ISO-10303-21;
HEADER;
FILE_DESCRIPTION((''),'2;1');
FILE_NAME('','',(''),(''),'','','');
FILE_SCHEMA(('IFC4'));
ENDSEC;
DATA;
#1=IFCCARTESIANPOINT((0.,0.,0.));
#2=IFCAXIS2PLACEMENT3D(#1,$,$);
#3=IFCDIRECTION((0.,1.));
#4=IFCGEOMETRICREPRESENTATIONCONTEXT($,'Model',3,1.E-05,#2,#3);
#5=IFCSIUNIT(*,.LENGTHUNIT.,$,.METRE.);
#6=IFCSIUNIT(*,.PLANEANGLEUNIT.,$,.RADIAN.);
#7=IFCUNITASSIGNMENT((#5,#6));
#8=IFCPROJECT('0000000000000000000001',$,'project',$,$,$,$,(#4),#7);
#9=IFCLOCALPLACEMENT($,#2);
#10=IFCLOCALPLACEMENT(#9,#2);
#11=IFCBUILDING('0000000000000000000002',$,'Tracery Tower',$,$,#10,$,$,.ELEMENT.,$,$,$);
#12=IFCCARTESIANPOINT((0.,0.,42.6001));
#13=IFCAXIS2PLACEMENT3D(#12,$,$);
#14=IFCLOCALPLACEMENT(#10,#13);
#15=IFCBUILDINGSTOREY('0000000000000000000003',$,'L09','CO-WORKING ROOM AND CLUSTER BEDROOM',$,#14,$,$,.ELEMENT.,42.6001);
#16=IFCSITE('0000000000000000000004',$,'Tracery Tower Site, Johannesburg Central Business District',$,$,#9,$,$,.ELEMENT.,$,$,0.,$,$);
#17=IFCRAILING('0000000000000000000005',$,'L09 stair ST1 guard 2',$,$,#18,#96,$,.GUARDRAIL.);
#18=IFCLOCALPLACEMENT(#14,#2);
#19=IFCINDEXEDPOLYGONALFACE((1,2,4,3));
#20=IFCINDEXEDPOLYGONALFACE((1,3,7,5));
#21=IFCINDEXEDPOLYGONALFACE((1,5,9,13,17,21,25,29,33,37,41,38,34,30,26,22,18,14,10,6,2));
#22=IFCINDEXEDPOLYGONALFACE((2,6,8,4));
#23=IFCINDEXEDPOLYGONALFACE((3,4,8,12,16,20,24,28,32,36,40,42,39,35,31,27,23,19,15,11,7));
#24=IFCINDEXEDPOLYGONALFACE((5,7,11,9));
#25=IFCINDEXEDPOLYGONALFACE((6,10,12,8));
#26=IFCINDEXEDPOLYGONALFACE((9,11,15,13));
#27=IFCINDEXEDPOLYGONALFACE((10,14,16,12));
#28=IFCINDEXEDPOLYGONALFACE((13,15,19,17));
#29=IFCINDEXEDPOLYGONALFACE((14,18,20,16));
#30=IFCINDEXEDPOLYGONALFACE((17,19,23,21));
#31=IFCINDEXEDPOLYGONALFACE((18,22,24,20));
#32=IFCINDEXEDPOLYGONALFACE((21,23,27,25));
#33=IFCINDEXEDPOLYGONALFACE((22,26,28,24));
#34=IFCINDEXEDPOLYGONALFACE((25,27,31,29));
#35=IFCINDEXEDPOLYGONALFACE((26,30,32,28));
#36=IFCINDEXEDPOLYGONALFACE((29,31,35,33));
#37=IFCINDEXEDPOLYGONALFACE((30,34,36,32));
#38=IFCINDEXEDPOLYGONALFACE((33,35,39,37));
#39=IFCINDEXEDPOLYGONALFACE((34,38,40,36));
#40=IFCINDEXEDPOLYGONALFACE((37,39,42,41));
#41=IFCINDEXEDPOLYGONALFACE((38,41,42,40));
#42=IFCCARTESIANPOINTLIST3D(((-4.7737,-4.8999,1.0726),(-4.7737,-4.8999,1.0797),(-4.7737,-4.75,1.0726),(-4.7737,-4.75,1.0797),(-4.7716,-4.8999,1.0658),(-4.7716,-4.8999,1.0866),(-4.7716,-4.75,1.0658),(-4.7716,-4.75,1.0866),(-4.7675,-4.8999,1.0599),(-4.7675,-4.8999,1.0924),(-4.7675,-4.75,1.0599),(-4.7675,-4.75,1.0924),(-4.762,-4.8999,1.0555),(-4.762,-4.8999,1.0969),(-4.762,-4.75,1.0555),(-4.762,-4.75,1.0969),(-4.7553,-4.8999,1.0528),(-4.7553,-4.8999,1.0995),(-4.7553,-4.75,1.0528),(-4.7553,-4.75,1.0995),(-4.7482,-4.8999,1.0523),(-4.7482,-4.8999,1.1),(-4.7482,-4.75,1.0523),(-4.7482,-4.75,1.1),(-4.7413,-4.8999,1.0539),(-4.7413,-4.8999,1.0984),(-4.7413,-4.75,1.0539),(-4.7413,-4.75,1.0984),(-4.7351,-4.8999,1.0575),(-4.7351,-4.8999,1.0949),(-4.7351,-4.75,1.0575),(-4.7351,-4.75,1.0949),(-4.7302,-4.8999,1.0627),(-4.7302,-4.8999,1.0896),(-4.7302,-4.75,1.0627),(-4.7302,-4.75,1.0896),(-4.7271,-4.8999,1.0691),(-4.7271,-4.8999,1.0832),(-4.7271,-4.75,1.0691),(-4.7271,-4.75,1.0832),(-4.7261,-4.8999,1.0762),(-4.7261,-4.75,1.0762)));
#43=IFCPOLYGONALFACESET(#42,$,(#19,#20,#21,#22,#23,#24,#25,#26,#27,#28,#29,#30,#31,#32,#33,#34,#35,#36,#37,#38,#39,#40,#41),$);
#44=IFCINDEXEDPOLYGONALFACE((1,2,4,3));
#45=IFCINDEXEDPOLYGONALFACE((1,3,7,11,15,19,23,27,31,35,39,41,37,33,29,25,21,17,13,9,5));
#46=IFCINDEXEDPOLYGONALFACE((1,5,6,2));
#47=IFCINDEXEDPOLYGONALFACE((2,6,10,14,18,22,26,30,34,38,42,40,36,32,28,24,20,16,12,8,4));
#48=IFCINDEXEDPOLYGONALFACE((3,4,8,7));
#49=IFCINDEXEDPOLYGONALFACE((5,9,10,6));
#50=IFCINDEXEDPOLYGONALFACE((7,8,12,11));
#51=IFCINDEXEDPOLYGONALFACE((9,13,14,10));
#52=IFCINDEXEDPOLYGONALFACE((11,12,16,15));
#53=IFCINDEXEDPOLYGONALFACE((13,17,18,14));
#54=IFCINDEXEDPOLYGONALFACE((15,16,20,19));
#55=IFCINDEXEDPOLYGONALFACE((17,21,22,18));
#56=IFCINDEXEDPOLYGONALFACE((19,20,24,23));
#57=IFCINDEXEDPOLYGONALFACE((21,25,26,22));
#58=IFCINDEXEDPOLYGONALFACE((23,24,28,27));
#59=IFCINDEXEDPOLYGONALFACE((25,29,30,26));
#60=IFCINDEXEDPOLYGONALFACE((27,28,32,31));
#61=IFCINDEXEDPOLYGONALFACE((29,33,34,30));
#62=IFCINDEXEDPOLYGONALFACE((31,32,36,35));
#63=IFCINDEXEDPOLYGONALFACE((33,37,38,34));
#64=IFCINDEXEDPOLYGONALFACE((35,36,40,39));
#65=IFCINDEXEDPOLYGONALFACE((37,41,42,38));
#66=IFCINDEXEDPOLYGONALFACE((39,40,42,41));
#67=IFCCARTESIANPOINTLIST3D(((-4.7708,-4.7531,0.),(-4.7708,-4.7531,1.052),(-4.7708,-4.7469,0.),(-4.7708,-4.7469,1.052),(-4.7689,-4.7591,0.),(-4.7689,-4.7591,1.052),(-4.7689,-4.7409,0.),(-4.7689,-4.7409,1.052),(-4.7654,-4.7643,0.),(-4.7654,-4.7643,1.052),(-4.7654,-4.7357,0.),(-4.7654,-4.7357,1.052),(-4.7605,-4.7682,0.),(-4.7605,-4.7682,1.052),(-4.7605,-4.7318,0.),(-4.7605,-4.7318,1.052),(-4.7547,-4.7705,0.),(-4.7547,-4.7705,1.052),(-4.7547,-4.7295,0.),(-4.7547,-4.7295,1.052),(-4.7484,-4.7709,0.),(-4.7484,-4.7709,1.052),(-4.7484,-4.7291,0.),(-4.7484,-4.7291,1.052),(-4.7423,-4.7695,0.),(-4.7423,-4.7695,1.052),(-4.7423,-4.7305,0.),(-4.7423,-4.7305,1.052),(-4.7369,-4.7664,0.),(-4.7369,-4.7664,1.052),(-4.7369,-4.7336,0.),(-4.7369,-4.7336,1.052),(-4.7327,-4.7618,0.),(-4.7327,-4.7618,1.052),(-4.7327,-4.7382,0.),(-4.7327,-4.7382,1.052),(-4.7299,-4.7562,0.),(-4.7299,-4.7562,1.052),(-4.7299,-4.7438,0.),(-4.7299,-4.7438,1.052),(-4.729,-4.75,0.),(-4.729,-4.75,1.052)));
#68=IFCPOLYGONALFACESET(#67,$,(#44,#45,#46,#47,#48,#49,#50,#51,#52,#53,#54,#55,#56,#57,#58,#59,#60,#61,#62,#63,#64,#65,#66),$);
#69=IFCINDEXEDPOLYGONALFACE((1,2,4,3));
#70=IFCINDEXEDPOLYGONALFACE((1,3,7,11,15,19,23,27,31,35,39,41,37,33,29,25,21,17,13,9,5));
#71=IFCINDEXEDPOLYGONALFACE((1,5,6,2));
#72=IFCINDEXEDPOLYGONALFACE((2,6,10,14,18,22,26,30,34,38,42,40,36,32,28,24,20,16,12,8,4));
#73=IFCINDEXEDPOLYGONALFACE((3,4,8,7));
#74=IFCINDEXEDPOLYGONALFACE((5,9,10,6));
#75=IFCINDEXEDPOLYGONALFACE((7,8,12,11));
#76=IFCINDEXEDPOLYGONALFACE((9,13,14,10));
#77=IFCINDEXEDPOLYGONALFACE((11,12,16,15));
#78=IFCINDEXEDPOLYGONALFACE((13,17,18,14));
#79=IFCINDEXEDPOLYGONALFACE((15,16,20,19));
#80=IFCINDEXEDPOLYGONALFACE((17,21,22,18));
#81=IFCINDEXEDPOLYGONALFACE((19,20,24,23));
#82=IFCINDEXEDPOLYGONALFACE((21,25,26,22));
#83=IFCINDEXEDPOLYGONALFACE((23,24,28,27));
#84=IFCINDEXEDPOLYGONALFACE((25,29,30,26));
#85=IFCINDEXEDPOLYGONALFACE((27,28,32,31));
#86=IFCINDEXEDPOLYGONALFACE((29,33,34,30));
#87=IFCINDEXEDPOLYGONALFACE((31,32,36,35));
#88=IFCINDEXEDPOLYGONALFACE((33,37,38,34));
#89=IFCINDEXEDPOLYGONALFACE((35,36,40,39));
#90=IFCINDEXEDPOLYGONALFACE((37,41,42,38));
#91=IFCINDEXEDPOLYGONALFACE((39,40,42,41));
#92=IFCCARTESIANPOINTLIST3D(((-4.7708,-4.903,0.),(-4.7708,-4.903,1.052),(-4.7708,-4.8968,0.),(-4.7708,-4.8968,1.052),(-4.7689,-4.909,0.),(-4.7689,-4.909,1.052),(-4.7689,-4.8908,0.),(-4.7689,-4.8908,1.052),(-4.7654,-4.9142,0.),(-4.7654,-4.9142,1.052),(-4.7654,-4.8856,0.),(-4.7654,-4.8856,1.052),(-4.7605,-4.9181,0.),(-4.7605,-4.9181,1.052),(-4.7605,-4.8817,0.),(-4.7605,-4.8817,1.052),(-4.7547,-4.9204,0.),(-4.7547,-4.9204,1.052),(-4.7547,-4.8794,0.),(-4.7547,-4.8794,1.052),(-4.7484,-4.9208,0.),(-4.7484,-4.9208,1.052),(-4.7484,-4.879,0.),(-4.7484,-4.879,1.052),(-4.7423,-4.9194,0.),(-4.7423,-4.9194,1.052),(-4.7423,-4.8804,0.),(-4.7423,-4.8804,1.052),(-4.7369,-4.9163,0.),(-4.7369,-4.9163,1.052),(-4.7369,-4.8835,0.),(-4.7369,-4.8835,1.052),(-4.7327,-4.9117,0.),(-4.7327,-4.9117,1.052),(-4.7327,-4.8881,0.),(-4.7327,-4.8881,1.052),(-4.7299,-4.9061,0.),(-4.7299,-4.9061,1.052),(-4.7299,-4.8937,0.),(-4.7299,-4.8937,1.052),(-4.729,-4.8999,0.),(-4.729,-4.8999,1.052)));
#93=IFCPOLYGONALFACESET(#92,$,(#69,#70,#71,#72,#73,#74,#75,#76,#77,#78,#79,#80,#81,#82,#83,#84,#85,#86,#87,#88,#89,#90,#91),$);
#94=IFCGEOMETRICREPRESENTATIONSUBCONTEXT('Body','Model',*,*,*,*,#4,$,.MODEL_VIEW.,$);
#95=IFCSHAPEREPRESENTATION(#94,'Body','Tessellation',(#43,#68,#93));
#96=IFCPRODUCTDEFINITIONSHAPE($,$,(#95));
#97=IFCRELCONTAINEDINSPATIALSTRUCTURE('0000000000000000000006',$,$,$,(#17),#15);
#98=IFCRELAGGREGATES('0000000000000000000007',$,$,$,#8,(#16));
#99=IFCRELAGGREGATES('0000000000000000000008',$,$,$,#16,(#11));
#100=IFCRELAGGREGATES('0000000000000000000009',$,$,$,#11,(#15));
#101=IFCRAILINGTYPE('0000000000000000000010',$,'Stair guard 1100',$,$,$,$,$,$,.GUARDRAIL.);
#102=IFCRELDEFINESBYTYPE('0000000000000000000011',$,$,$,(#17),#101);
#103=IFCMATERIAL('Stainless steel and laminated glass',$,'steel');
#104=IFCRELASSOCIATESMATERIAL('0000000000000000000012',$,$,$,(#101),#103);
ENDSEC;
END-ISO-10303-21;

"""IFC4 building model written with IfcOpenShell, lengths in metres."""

from ifc_helpers import new_model, si_unit, direction, frame, origin, origin_2d, place, context, subcontext, project, spatial, circle, extrude, material, type_object, element, save


model = new_model("IFC4")

# Units and contexts
model_context = context("Model", 3, precision=1e-05, world=origin(), true_north=direction((0.0, 1.0)))
body_context = subcontext(model_context, "Body", "Model", "MODEL_VIEW")
ifc_project = project(units=[si_unit("LENGTHUNIT", "METRE"), si_unit("PLANEANGLEUNIT", "RADIAN")], contexts=[model_context])

# Site, building, storey
site_placement = place(None, origin())
site = spatial("IfcSite", under=ifc_project, at=site_placement, Name="Tracery Tower Site, Johannesburg Central Business District", CompositionType="ELEMENT", RefElevation=0.0)
building_placement = place(site_placement, origin())
building = spatial("IfcBuilding", under=site, at=building_placement, Name="Tracery Tower", CompositionType="ELEMENT")
storey_placement = place(building_placement, frame((0.0, 0.0, 42.6001)))
storey = spatial("IfcBuildingStorey", under=building, at=storey_placement, Name="L09", Description="CO-WORKING ROOM AND CLUSTER BEDROOM", CompositionType="ELEMENT", Elevation=42.6001)

# Railing
ifc_material_1 = material(Name="Stainless steel and laminated glass", Category="steel")
railing_type_1 = type_object("IfcRailingType", Name="Stair guard 1100", PredefinedType="GUARDRAIL", material=ifc_material_1)
railing_1_placement = place(storey_placement, frame((-4.75, -4.75, 0.0)))
element("IfcRailing", 1, at=railing_1_placement, inside=storey, type_object=railing_type_1, Name="L09 stair ST1 guard 2", PredefinedType="GUARDRAIL", context=body_context, shape_type="SweptSolid", body=[
    extrude(circle(Radius=0.0239, at=origin_2d()), frame((0.0, 0.0, 1.0762), z_axis=(0.0, -1.0, 0.0), x_axis=(1.0, 0.0, 0.0)), (0.0, 0.0, 1.0), 0.1499),
    extrude(circle(Radius=0.021, at=origin_2d()), origin(), (0.0, 0.0, 1.0), 1.052),
    extrude(circle(Radius=0.021, at=origin_2d()), frame((0.0, -0.1499, 0.0)), (0.0, 0.0, 1.0), 1.052),
])

save(model, "model.ifc")
